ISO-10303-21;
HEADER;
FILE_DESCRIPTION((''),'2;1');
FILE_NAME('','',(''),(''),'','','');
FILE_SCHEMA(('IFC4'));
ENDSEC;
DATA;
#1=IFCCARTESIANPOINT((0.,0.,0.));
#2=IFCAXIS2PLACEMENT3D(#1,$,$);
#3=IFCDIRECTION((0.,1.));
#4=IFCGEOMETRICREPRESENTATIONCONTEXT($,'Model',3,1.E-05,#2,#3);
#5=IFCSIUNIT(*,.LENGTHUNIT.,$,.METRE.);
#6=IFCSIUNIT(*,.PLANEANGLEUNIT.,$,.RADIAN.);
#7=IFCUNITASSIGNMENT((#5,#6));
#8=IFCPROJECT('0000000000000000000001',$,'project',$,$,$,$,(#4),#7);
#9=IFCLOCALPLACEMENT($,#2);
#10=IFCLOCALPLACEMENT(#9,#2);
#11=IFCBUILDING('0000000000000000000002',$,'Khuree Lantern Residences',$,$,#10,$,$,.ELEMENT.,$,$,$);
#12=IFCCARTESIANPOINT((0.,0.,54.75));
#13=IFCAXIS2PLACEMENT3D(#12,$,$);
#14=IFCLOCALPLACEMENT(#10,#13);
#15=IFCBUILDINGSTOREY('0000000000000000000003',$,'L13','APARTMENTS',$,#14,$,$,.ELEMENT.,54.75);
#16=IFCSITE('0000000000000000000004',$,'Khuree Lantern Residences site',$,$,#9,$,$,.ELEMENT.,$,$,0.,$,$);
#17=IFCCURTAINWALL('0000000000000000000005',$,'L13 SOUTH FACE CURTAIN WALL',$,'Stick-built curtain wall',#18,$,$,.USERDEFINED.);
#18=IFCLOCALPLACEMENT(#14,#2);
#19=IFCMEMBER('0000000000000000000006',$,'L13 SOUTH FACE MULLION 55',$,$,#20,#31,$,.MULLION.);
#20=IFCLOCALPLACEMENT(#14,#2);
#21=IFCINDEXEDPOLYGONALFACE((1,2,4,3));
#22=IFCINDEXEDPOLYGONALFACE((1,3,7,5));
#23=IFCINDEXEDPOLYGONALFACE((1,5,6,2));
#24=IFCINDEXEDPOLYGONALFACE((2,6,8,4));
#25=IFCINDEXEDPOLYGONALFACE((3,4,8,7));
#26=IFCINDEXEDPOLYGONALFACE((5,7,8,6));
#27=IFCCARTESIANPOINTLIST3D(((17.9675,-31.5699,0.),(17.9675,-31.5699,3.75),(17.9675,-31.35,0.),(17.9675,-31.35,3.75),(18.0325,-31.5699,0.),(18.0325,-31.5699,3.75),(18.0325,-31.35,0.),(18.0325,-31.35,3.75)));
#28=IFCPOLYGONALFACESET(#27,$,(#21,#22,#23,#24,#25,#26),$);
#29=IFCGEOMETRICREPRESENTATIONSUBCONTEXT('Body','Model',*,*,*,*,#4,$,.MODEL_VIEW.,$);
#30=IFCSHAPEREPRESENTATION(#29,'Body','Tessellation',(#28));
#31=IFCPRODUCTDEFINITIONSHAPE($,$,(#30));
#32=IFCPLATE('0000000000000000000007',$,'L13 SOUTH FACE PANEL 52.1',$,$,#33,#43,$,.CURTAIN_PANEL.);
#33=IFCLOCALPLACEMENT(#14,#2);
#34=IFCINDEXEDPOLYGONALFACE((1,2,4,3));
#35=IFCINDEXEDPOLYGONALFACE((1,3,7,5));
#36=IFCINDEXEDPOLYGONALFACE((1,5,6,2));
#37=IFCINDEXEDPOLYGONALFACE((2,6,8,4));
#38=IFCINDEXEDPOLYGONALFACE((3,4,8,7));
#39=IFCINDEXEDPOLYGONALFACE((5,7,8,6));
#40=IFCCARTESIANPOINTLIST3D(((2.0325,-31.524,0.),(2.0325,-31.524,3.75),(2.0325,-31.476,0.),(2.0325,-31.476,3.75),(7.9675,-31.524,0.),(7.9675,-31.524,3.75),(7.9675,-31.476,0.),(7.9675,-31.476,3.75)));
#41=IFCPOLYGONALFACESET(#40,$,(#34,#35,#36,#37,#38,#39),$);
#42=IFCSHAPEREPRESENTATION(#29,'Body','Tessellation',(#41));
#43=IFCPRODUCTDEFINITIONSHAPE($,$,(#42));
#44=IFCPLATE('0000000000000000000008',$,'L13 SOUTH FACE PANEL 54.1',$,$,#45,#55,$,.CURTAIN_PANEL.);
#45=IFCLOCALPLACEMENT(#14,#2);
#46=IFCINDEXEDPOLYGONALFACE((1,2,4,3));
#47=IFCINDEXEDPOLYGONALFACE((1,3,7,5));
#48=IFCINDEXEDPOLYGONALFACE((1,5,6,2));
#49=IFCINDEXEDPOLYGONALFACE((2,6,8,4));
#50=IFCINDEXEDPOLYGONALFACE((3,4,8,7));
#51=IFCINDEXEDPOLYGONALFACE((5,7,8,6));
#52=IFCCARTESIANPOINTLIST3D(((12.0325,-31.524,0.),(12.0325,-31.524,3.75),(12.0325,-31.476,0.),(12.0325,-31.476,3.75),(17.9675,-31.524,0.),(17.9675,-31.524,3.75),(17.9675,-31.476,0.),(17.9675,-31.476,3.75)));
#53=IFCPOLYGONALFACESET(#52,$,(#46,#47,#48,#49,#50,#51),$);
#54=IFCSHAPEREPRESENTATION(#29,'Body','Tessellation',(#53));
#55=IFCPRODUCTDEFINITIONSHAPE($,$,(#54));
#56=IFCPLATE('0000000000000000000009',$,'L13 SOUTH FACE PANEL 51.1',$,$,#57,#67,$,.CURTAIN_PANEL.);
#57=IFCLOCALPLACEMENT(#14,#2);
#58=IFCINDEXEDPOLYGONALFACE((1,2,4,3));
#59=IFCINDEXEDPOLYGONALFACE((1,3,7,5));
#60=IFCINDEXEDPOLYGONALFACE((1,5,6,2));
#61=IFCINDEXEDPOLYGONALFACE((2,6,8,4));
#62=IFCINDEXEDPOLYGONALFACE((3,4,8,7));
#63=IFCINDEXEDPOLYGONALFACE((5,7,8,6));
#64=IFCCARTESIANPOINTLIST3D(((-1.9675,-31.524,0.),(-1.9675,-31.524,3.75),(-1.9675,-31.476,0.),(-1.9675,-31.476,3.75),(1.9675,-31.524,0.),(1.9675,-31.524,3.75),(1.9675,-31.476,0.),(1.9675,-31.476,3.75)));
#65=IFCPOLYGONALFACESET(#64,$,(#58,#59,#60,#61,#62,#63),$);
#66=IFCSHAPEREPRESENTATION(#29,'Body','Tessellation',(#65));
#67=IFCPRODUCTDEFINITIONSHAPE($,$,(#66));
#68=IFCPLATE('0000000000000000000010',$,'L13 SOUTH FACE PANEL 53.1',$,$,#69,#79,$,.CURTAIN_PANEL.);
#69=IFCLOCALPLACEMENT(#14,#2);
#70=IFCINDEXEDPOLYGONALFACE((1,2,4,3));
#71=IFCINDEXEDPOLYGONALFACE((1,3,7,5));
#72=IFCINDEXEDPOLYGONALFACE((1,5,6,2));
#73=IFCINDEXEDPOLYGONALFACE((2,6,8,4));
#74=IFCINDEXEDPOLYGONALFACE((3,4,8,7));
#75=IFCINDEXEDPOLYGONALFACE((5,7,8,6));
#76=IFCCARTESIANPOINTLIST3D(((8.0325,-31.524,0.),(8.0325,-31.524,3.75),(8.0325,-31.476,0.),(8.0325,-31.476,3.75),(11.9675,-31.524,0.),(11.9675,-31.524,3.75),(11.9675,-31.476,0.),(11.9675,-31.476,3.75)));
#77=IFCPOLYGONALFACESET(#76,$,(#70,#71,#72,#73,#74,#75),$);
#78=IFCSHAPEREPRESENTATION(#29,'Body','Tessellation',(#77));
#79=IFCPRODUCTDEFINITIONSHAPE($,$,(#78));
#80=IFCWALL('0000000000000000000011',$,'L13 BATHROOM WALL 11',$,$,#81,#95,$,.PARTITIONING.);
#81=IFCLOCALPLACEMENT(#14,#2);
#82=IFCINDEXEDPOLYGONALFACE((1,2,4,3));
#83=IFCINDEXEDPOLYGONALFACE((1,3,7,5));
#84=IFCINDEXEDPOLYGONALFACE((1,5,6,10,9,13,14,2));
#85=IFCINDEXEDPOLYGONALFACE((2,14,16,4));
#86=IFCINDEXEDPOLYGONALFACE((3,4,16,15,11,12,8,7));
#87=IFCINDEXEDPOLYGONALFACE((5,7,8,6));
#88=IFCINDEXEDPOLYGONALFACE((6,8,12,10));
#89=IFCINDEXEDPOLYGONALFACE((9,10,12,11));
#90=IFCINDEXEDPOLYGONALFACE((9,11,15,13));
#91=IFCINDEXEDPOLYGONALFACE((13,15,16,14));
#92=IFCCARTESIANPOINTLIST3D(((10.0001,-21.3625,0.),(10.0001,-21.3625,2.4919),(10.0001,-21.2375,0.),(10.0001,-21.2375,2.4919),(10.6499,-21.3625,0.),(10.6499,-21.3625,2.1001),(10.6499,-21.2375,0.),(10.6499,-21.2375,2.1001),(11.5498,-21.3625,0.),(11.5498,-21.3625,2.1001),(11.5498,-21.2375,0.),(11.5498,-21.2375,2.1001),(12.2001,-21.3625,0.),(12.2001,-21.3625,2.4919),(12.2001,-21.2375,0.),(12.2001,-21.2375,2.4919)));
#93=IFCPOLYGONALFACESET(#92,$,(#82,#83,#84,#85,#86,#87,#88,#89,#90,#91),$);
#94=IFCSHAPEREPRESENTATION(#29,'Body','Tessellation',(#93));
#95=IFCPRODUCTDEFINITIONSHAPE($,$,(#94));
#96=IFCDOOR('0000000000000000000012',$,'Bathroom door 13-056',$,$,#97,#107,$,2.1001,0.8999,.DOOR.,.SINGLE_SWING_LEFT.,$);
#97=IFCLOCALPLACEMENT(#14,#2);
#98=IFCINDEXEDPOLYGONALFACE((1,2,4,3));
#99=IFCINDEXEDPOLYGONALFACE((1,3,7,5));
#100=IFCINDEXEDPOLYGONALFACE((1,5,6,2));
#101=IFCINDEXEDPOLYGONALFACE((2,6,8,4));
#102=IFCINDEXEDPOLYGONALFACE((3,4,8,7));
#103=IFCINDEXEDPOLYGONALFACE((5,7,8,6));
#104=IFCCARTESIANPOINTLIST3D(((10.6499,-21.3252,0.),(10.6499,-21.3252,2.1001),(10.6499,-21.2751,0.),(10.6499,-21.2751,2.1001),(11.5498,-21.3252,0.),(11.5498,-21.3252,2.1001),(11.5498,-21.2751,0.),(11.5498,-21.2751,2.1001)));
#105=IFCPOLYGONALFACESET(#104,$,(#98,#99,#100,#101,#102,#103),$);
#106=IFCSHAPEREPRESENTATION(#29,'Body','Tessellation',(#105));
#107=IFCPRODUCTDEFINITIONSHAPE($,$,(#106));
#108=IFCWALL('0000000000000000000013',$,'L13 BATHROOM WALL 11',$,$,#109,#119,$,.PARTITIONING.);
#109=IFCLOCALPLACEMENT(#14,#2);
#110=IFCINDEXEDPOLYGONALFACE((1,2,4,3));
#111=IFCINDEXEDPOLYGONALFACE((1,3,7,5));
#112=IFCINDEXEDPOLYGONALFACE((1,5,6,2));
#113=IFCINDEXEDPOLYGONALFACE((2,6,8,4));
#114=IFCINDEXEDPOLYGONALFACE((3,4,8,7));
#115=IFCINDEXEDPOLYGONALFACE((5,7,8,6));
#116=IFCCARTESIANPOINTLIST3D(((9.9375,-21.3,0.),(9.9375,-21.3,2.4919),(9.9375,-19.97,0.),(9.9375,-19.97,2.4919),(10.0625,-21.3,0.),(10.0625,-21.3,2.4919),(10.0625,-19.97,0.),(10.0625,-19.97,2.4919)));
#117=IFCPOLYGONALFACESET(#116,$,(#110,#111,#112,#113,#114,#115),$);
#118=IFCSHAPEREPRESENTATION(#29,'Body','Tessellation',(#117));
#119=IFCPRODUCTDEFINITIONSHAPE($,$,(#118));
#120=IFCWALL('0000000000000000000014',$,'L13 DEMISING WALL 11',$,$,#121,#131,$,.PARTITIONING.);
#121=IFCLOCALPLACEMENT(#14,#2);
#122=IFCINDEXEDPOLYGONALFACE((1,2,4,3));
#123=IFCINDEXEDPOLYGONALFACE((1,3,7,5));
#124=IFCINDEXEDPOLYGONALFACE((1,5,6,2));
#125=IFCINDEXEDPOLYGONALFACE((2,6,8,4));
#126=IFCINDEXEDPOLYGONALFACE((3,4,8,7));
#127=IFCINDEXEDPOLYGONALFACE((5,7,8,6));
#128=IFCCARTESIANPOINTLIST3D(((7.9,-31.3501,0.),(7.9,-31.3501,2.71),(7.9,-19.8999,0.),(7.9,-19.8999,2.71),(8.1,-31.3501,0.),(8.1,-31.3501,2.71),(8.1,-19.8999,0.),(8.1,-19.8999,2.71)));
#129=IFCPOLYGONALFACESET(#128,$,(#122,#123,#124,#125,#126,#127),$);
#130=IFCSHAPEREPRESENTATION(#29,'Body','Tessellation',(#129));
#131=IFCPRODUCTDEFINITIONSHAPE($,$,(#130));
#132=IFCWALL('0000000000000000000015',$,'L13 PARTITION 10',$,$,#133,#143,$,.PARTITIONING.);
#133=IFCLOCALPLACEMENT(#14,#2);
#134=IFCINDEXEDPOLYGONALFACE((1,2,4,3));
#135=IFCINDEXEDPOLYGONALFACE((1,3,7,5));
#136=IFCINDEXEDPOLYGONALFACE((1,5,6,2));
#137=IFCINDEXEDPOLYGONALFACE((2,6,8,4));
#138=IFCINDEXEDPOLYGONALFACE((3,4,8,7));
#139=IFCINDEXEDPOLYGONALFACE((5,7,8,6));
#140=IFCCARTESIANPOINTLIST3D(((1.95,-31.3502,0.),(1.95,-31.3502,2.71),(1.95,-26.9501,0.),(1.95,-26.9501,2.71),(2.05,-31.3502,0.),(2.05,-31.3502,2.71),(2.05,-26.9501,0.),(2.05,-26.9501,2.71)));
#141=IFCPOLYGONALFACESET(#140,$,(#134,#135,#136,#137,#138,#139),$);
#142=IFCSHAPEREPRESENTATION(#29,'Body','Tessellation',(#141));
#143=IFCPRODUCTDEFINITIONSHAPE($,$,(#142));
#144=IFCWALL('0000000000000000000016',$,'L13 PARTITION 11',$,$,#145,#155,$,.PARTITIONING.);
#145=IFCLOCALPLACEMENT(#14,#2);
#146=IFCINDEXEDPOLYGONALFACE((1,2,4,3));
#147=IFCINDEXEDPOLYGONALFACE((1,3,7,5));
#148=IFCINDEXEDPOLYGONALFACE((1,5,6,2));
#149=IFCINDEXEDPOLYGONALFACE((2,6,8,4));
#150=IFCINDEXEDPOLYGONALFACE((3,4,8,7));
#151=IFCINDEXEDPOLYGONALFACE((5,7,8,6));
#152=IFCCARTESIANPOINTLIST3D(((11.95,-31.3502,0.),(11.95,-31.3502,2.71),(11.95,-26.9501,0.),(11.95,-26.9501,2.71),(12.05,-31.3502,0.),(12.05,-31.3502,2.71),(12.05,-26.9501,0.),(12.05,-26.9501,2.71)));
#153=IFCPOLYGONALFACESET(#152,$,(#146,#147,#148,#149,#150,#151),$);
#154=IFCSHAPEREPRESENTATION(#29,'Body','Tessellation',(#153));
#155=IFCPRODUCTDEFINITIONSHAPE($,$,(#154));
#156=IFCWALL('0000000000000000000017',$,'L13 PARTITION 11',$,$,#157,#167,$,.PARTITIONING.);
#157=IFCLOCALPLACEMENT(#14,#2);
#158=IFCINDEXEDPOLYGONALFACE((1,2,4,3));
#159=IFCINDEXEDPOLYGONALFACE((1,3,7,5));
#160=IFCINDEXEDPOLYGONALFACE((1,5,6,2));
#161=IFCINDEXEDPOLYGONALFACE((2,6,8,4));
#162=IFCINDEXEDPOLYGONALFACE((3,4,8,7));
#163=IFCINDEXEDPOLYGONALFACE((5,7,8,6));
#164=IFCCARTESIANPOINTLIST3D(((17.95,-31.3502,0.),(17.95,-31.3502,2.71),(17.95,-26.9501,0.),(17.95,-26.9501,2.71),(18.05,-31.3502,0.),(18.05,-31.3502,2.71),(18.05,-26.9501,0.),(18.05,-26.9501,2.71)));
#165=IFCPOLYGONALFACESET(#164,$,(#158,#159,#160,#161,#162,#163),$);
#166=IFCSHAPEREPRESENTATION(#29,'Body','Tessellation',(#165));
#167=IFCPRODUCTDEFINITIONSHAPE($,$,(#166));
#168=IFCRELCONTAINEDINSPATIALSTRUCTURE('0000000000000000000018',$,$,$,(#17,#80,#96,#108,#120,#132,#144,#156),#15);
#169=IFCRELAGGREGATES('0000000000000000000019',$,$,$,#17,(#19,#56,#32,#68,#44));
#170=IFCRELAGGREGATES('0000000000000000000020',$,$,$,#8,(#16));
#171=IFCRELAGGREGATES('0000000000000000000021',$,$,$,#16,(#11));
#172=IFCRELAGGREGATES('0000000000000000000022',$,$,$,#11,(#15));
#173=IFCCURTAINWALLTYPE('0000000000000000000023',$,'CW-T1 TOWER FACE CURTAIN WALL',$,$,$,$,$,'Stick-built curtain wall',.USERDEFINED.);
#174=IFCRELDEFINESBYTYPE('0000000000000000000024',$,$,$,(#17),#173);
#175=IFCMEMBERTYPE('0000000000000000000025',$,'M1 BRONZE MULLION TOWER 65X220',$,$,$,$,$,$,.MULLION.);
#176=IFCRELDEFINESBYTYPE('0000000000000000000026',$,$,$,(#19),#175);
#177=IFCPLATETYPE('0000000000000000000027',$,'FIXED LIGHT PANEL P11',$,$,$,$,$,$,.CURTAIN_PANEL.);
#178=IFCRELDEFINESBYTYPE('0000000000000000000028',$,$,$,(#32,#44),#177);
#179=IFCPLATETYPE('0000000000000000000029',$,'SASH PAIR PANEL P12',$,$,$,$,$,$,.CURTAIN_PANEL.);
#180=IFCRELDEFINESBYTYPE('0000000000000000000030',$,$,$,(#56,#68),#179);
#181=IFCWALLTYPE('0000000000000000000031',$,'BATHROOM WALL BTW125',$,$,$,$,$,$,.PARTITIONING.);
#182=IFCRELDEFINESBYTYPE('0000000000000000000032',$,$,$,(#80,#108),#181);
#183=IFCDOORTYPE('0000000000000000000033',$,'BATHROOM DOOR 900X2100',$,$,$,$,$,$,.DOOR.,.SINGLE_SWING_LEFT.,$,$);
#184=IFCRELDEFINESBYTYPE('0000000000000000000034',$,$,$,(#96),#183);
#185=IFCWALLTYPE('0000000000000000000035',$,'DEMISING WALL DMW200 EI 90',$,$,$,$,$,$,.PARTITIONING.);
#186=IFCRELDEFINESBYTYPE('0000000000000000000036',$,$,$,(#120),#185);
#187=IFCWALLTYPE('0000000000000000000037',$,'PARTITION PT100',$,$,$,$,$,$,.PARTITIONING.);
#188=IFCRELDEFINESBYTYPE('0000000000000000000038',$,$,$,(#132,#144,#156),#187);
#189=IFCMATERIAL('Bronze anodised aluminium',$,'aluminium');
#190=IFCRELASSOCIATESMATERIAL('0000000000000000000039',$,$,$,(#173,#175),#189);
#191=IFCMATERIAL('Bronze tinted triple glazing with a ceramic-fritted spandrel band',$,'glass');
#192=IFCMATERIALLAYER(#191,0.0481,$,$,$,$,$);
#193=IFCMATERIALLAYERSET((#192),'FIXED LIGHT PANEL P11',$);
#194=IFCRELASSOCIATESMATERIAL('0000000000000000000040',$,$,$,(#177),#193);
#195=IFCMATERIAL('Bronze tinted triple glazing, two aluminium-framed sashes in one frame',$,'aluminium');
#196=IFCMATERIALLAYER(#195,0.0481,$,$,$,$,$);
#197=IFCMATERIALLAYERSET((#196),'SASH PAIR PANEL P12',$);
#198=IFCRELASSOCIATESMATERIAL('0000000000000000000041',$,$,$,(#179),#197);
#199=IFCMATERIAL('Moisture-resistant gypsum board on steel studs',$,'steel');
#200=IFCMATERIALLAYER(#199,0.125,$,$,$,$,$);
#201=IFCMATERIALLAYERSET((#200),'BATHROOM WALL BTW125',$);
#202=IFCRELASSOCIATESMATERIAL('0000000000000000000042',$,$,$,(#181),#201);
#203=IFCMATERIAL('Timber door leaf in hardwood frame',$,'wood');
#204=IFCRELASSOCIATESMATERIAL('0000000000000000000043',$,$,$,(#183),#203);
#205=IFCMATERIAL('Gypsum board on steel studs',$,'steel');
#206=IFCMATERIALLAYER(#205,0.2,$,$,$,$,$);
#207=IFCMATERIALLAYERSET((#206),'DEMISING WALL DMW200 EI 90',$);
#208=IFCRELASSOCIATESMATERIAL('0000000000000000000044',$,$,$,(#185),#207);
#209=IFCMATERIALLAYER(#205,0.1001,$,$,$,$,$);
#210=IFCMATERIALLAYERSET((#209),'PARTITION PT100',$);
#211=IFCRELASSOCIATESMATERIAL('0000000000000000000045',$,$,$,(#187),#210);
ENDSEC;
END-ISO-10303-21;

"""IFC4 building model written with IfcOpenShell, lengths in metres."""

from ifc_helpers import new_model, si_unit, direction, frame, frame_2d, origin, origin_2d, place, context, subcontext, project, spatial, rectangle, extrude, material, layer, layer_set, material_profile, profile_set, type_object, element, fill, aggregate, save


model = new_model("IFC4")

# Units and contexts
model_context = context("Model", 3, precision=1e-05, world=origin(), true_north=direction((0.0, 1.0)))
body_context = subcontext(model_context, "Body", "Model", "MODEL_VIEW")
ifc_project = project(units=[si_unit("LENGTHUNIT", "METRE"), si_unit("PLANEANGLEUNIT", "RADIAN")], contexts=[model_context])

# Site, building, storey
site_placement = place(None, origin())
site = spatial("IfcSite", under=ifc_project, at=site_placement, Name="Khuree Lantern Residences site", CompositionType="ELEMENT", RefElevation=0.0)
building_placement = place(site_placement, origin())
building = spatial("IfcBuilding", under=site, at=building_placement, Name="Khuree Lantern Residences", CompositionType="ELEMENT")
storey_placement = place(building_placement, frame((0.0, 0.0, 54.75)))
storey = spatial("IfcBuildingStorey", under=building, at=storey_placement, Name="L13", Description="APARTMENTS", CompositionType="ELEMENT", Elevation=54.75)

# Curtain wall
ifc_material_1 = material(Name="Bronze anodised aluminium", Category="aluminium")
curtain_wall_type = type_object("IfcCurtainWallType", Name="CW-T1 TOWER FACE CURTAIN WALL", ElementType="Stick-built curtain wall", PredefinedType="USERDEFINED", material=ifc_material_1)
curtain_wall_placement = place(storey_placement, origin())
curtain_wall = element("IfcCurtainWall", 1, at=curtain_wall_placement, inside=storey, type_object=curtain_wall_type, Name="L13 SOUTH FACE CURTAIN WALL", ObjectType="Stick-built curtain wall", PredefinedType="USERDEFINED")

# Member
ifc_material_profile_1 = material_profile(ifc_material_1, rectangle(XDim=0.0649, YDim=0.22, at=origin_2d()), Name="M1 65X220")
ifc_profile_set_1 = profile_set([ifc_material_profile_1], Name="Bronze anodised aluminium")
member_type_1 = type_object("IfcMemberType", Name="M1 BRONZE MULLION TOWER 65X220", PredefinedType="MULLION", material=ifc_profile_set_1)
member_1_placement = place(storey_placement, frame((18.0, -31.46, 0.0), z_axis=(0.0, 0.0, 1.0), x_axis=(1.0, 0.0, 0.0)))
member_1 = element("IfcMember", 2, at=member_1_placement, type_object=member_type_1, Name="L13 SOUTH FACE MULLION 55", PredefinedType="MULLION", context=body_context, shape_type="SweptSolid", body=[
    extrude(rectangle(XDim=0.0649, YDim=0.22, at=origin_2d()), origin(), (0.0, 0.0, 1.0), 3.75),
])

# Plates
ifc_material_2 = material(Name="Bronze tinted triple glazing with a ceramic-fritted spandrel band", Category="glass")
ifc_layer_1 = layer(ifc_material_2, 0.0481)
ifc_layer_set_1 = layer_set([ifc_layer_1], Name="FIXED LIGHT PANEL P11")
plate_type_1 = type_object("IfcPlateType", Name="FIXED LIGHT PANEL P11", PredefinedType="CURTAIN_PANEL", material=ifc_layer_set_1)
plate_1_placement = place(storey_placement, frame((5.0, -31.5, 0.0), z_axis=(0.0, 0.0, 1.0), x_axis=(1.0, 0.0, 0.0)))
plate_1 = element("IfcPlate", 3, at=plate_1_placement, type_object=plate_type_1, Name="L13 SOUTH FACE PANEL 52.1", PredefinedType="CURTAIN_PANEL", context=body_context, shape_type="SweptSolid", body=[
    extrude(rectangle(XDim=5.9351, YDim=0.0481, at=origin_2d()), origin(), (0.0, 0.0, 1.0), 3.75),
])
plate_2_placement = place(storey_placement, frame((15.0, -31.5, 0.0), z_axis=(0.0, 0.0, 1.0), x_axis=(1.0, 0.0, 0.0)))
plate_2 = element("IfcPlate", 4, at=plate_2_placement, type_object=plate_type_1, Name="L13 SOUTH FACE PANEL 54.1", PredefinedType="CURTAIN_PANEL", context=body_context, shape_type="SweptSolid", body=[
    extrude(rectangle(XDim=5.9351, YDim=0.0481, at=origin_2d()), origin(), (0.0, 0.0, 1.0), 3.75),
])
ifc_material_3 = material(Name="Bronze tinted triple glazing, two aluminium-framed sashes in one frame", Category="aluminium")
ifc_layer_2 = layer(ifc_material_3, 0.0481)
ifc_layer_set_2 = layer_set([ifc_layer_2], Name="SASH PAIR PANEL P12")
plate_type_2 = type_object("IfcPlateType", Name="SASH PAIR PANEL P12", PredefinedType="CURTAIN_PANEL", material=ifc_layer_set_2)
plate_3_placement = place(storey_placement, frame((0.0, -31.5, 0.0), z_axis=(0.0, 0.0, 1.0), x_axis=(1.0, 0.0, 0.0)))
plate_3 = element("IfcPlate", 5, at=plate_3_placement, type_object=plate_type_2, Name="L13 SOUTH FACE PANEL 51.1", PredefinedType="CURTAIN_PANEL", context=body_context, shape_type="SweptSolid", body=[
    extrude(rectangle(XDim=3.9351, YDim=0.0481, at=origin_2d()), origin(), (0.0, 0.0, 1.0), 3.75),
])
plate_4_placement = place(storey_placement, frame((10.0, -31.5, 0.0), z_axis=(0.0, 0.0, 1.0), x_axis=(1.0, 0.0, 0.0)))
plate_4 = element("IfcPlate", 6, at=plate_4_placement, type_object=plate_type_2, Name="L13 SOUTH FACE PANEL 53.1", PredefinedType="CURTAIN_PANEL", context=body_context, shape_type="SweptSolid", body=[
    extrude(rectangle(XDim=3.9351, YDim=0.0481, at=origin_2d()), origin(), (0.0, 0.0, 1.0), 3.75),
])
aggregate(curtain_wall, [member_1, plate_3, plate_1, plate_4, plate_2])

# Wall, opening, door
ifc_material_4 = material(Name="Moisture-resistant gypsum board on steel studs", Category="steel")
ifc_layer_3 = layer(ifc_material_4, 0.125)
ifc_layer_set_3 = layer_set([ifc_layer_3], Name="BATHROOM WALL BTW125")
wall_type_1 = type_object("IfcWallType", Name="BATHROOM WALL BTW125", PredefinedType="PARTITIONING", material=ifc_layer_set_3)
wall_1_placement = place(storey_placement, frame((10.0, -21.3, 0.0), z_axis=(0.0, 0.0, 1.0), x_axis=(1.0, 0.0, 0.0)))
wall_1 = element("IfcWall", 7, at=wall_1_placement, inside=storey, type_object=wall_type_1, Name="L13 BATHROOM WALL 11", PredefinedType="PARTITIONING", context=body_context, shape_type="SweptSolid", body=[
    extrude(rectangle(XDim=2.2, YDim=0.125, at=frame_2d((1.1001, 0.0))), origin(), (0.0, 0.0, 1.0), 2.4919),
])
opening_1_placement = place(wall_1_placement, frame((0.6499, 0.0, 0.0)))
opening_1 = element("IfcOpeningElement", 8, at=opening_1_placement, cuts=wall_1, PredefinedType="OPENING", context=body_context, shape_type="SweptSolid", body=[
    extrude(rectangle(XDim=0.8999, YDim=2.1001, at=frame_2d((0.45, 1.05))), frame((0.0, 0.0725, 0.0), z_axis=(0.0, -1.0, 0.0), x_axis=(1.0, 0.0, 0.0)), (0.0, 0.0, 1.0), 0.145),
])
ifc_material_5 = material(Name="Timber door leaf in hardwood frame", Category="wood")
door_type_1 = type_object("IfcDoorType", Name="BATHROOM DOOR 900X2100", OperationType="SINGLE_SWING_LEFT", PredefinedType="DOOR", material=ifc_material_5)
door_1_placement = place(opening_1_placement, origin())
door_1 = element("IfcDoor", 9, at=door_1_placement, inside=storey, type_object=door_type_1, Name="Bathroom door 13-056", OperationType="SINGLE_SWING_LEFT", OverallHeight=2.1001, OverallWidth=0.8999, PredefinedType="DOOR", context=body_context, shape_type="SweptSolid", body=[
    extrude(rectangle(XDim=0.8999, YDim=2.1001, at=frame_2d((0.45, 1.05))), frame((0.0, 0.0249, 0.0), z_axis=(0.0, -1.0, 0.0), x_axis=(1.0, 0.0, 0.0)), (0.0, 0.0, 1.0), 0.05),
])
fill(opening_1, door_1)

# Walls
wall_2_placement = place(storey_placement, frame((10.0, -19.97, 0.0), z_axis=(0.0, 0.0, 1.0), x_axis=(0.0, -1.0, 0.0)))
element("IfcWall", 10, at=wall_2_placement, inside=storey, type_object=wall_type_1, Name="L13 BATHROOM WALL 11", PredefinedType="PARTITIONING", context=body_context, shape_type="SweptSolid", body=[
    extrude(rectangle(XDim=1.3301, YDim=0.125, at=frame_2d((0.665, 0.0))), origin(), (0.0, 0.0, 1.0), 2.4919),
])
ifc_material_6 = material(Name="Gypsum board on steel studs", Category="steel")
ifc_layer_4 = layer(ifc_material_6, 0.2)
ifc_layer_set_4 = layer_set([ifc_layer_4], Name="DEMISING WALL DMW200 EI 90")
wall_type_2 = type_object("IfcWallType", Name="DEMISING WALL DMW200 EI 90", PredefinedType="PARTITIONING", material=ifc_layer_set_4)
wall_3_placement = place(storey_placement, frame((8.0, -19.8999, 0.0), z_axis=(0.0, 0.0, 1.0), x_axis=(0.0, -1.0, 0.0)))
element("IfcWall", 11, at=wall_3_placement, inside=storey, type_object=wall_type_2, Name="L13 DEMISING WALL 11", PredefinedType="PARTITIONING", context=body_context, shape_type="SweptSolid", body=[
    extrude(rectangle(XDim=11.4502, YDim=0.2, at=frame_2d((5.7251, 0.0))), origin(), (0.0, 0.0, 1.0), 2.71),
])
ifc_layer_5 = layer(ifc_material_6, 0.1001)
ifc_layer_set_5 = layer_set([ifc_layer_5], Name="PARTITION PT100")
wall_type_3 = type_object("IfcWallType", Name="PARTITION PT100", PredefinedType="PARTITIONING", material=ifc_layer_set_5)
for number, where, z_axis, x_axis, name in (
    (12, (2.0, -26.95, 0.0), (0.0, 0.0, 1.0), (0.0, -1.0, 0.0), "L13 PARTITION 10"),
    (13, (12.0, -26.95, 0.0), (0.0, 0.0, 1.0), (0.0, -1.0, 0.0), "L13 PARTITION 11"),
    (14, (18.0, -26.95, 0.0), (0.0, 0.0, 1.0), (0.0, -1.0, 0.0), "L13 PARTITION 11"),
):
    element("IfcWall", number, at=place(storey_placement, frame(where, z_axis=z_axis, x_axis=x_axis)), inside=storey, type_object=wall_type_3, Name=name, PredefinedType="PARTITIONING", context=body_context, shape_type="SweptSolid", body=[
        extrude(rectangle(XDim=4.4001, YDim=0.1001, at=frame_2d((2.2002, 0.0))), origin(), (0.0, 0.0, 1.0), 2.71),
    ])

save(model, "model.ifc")
